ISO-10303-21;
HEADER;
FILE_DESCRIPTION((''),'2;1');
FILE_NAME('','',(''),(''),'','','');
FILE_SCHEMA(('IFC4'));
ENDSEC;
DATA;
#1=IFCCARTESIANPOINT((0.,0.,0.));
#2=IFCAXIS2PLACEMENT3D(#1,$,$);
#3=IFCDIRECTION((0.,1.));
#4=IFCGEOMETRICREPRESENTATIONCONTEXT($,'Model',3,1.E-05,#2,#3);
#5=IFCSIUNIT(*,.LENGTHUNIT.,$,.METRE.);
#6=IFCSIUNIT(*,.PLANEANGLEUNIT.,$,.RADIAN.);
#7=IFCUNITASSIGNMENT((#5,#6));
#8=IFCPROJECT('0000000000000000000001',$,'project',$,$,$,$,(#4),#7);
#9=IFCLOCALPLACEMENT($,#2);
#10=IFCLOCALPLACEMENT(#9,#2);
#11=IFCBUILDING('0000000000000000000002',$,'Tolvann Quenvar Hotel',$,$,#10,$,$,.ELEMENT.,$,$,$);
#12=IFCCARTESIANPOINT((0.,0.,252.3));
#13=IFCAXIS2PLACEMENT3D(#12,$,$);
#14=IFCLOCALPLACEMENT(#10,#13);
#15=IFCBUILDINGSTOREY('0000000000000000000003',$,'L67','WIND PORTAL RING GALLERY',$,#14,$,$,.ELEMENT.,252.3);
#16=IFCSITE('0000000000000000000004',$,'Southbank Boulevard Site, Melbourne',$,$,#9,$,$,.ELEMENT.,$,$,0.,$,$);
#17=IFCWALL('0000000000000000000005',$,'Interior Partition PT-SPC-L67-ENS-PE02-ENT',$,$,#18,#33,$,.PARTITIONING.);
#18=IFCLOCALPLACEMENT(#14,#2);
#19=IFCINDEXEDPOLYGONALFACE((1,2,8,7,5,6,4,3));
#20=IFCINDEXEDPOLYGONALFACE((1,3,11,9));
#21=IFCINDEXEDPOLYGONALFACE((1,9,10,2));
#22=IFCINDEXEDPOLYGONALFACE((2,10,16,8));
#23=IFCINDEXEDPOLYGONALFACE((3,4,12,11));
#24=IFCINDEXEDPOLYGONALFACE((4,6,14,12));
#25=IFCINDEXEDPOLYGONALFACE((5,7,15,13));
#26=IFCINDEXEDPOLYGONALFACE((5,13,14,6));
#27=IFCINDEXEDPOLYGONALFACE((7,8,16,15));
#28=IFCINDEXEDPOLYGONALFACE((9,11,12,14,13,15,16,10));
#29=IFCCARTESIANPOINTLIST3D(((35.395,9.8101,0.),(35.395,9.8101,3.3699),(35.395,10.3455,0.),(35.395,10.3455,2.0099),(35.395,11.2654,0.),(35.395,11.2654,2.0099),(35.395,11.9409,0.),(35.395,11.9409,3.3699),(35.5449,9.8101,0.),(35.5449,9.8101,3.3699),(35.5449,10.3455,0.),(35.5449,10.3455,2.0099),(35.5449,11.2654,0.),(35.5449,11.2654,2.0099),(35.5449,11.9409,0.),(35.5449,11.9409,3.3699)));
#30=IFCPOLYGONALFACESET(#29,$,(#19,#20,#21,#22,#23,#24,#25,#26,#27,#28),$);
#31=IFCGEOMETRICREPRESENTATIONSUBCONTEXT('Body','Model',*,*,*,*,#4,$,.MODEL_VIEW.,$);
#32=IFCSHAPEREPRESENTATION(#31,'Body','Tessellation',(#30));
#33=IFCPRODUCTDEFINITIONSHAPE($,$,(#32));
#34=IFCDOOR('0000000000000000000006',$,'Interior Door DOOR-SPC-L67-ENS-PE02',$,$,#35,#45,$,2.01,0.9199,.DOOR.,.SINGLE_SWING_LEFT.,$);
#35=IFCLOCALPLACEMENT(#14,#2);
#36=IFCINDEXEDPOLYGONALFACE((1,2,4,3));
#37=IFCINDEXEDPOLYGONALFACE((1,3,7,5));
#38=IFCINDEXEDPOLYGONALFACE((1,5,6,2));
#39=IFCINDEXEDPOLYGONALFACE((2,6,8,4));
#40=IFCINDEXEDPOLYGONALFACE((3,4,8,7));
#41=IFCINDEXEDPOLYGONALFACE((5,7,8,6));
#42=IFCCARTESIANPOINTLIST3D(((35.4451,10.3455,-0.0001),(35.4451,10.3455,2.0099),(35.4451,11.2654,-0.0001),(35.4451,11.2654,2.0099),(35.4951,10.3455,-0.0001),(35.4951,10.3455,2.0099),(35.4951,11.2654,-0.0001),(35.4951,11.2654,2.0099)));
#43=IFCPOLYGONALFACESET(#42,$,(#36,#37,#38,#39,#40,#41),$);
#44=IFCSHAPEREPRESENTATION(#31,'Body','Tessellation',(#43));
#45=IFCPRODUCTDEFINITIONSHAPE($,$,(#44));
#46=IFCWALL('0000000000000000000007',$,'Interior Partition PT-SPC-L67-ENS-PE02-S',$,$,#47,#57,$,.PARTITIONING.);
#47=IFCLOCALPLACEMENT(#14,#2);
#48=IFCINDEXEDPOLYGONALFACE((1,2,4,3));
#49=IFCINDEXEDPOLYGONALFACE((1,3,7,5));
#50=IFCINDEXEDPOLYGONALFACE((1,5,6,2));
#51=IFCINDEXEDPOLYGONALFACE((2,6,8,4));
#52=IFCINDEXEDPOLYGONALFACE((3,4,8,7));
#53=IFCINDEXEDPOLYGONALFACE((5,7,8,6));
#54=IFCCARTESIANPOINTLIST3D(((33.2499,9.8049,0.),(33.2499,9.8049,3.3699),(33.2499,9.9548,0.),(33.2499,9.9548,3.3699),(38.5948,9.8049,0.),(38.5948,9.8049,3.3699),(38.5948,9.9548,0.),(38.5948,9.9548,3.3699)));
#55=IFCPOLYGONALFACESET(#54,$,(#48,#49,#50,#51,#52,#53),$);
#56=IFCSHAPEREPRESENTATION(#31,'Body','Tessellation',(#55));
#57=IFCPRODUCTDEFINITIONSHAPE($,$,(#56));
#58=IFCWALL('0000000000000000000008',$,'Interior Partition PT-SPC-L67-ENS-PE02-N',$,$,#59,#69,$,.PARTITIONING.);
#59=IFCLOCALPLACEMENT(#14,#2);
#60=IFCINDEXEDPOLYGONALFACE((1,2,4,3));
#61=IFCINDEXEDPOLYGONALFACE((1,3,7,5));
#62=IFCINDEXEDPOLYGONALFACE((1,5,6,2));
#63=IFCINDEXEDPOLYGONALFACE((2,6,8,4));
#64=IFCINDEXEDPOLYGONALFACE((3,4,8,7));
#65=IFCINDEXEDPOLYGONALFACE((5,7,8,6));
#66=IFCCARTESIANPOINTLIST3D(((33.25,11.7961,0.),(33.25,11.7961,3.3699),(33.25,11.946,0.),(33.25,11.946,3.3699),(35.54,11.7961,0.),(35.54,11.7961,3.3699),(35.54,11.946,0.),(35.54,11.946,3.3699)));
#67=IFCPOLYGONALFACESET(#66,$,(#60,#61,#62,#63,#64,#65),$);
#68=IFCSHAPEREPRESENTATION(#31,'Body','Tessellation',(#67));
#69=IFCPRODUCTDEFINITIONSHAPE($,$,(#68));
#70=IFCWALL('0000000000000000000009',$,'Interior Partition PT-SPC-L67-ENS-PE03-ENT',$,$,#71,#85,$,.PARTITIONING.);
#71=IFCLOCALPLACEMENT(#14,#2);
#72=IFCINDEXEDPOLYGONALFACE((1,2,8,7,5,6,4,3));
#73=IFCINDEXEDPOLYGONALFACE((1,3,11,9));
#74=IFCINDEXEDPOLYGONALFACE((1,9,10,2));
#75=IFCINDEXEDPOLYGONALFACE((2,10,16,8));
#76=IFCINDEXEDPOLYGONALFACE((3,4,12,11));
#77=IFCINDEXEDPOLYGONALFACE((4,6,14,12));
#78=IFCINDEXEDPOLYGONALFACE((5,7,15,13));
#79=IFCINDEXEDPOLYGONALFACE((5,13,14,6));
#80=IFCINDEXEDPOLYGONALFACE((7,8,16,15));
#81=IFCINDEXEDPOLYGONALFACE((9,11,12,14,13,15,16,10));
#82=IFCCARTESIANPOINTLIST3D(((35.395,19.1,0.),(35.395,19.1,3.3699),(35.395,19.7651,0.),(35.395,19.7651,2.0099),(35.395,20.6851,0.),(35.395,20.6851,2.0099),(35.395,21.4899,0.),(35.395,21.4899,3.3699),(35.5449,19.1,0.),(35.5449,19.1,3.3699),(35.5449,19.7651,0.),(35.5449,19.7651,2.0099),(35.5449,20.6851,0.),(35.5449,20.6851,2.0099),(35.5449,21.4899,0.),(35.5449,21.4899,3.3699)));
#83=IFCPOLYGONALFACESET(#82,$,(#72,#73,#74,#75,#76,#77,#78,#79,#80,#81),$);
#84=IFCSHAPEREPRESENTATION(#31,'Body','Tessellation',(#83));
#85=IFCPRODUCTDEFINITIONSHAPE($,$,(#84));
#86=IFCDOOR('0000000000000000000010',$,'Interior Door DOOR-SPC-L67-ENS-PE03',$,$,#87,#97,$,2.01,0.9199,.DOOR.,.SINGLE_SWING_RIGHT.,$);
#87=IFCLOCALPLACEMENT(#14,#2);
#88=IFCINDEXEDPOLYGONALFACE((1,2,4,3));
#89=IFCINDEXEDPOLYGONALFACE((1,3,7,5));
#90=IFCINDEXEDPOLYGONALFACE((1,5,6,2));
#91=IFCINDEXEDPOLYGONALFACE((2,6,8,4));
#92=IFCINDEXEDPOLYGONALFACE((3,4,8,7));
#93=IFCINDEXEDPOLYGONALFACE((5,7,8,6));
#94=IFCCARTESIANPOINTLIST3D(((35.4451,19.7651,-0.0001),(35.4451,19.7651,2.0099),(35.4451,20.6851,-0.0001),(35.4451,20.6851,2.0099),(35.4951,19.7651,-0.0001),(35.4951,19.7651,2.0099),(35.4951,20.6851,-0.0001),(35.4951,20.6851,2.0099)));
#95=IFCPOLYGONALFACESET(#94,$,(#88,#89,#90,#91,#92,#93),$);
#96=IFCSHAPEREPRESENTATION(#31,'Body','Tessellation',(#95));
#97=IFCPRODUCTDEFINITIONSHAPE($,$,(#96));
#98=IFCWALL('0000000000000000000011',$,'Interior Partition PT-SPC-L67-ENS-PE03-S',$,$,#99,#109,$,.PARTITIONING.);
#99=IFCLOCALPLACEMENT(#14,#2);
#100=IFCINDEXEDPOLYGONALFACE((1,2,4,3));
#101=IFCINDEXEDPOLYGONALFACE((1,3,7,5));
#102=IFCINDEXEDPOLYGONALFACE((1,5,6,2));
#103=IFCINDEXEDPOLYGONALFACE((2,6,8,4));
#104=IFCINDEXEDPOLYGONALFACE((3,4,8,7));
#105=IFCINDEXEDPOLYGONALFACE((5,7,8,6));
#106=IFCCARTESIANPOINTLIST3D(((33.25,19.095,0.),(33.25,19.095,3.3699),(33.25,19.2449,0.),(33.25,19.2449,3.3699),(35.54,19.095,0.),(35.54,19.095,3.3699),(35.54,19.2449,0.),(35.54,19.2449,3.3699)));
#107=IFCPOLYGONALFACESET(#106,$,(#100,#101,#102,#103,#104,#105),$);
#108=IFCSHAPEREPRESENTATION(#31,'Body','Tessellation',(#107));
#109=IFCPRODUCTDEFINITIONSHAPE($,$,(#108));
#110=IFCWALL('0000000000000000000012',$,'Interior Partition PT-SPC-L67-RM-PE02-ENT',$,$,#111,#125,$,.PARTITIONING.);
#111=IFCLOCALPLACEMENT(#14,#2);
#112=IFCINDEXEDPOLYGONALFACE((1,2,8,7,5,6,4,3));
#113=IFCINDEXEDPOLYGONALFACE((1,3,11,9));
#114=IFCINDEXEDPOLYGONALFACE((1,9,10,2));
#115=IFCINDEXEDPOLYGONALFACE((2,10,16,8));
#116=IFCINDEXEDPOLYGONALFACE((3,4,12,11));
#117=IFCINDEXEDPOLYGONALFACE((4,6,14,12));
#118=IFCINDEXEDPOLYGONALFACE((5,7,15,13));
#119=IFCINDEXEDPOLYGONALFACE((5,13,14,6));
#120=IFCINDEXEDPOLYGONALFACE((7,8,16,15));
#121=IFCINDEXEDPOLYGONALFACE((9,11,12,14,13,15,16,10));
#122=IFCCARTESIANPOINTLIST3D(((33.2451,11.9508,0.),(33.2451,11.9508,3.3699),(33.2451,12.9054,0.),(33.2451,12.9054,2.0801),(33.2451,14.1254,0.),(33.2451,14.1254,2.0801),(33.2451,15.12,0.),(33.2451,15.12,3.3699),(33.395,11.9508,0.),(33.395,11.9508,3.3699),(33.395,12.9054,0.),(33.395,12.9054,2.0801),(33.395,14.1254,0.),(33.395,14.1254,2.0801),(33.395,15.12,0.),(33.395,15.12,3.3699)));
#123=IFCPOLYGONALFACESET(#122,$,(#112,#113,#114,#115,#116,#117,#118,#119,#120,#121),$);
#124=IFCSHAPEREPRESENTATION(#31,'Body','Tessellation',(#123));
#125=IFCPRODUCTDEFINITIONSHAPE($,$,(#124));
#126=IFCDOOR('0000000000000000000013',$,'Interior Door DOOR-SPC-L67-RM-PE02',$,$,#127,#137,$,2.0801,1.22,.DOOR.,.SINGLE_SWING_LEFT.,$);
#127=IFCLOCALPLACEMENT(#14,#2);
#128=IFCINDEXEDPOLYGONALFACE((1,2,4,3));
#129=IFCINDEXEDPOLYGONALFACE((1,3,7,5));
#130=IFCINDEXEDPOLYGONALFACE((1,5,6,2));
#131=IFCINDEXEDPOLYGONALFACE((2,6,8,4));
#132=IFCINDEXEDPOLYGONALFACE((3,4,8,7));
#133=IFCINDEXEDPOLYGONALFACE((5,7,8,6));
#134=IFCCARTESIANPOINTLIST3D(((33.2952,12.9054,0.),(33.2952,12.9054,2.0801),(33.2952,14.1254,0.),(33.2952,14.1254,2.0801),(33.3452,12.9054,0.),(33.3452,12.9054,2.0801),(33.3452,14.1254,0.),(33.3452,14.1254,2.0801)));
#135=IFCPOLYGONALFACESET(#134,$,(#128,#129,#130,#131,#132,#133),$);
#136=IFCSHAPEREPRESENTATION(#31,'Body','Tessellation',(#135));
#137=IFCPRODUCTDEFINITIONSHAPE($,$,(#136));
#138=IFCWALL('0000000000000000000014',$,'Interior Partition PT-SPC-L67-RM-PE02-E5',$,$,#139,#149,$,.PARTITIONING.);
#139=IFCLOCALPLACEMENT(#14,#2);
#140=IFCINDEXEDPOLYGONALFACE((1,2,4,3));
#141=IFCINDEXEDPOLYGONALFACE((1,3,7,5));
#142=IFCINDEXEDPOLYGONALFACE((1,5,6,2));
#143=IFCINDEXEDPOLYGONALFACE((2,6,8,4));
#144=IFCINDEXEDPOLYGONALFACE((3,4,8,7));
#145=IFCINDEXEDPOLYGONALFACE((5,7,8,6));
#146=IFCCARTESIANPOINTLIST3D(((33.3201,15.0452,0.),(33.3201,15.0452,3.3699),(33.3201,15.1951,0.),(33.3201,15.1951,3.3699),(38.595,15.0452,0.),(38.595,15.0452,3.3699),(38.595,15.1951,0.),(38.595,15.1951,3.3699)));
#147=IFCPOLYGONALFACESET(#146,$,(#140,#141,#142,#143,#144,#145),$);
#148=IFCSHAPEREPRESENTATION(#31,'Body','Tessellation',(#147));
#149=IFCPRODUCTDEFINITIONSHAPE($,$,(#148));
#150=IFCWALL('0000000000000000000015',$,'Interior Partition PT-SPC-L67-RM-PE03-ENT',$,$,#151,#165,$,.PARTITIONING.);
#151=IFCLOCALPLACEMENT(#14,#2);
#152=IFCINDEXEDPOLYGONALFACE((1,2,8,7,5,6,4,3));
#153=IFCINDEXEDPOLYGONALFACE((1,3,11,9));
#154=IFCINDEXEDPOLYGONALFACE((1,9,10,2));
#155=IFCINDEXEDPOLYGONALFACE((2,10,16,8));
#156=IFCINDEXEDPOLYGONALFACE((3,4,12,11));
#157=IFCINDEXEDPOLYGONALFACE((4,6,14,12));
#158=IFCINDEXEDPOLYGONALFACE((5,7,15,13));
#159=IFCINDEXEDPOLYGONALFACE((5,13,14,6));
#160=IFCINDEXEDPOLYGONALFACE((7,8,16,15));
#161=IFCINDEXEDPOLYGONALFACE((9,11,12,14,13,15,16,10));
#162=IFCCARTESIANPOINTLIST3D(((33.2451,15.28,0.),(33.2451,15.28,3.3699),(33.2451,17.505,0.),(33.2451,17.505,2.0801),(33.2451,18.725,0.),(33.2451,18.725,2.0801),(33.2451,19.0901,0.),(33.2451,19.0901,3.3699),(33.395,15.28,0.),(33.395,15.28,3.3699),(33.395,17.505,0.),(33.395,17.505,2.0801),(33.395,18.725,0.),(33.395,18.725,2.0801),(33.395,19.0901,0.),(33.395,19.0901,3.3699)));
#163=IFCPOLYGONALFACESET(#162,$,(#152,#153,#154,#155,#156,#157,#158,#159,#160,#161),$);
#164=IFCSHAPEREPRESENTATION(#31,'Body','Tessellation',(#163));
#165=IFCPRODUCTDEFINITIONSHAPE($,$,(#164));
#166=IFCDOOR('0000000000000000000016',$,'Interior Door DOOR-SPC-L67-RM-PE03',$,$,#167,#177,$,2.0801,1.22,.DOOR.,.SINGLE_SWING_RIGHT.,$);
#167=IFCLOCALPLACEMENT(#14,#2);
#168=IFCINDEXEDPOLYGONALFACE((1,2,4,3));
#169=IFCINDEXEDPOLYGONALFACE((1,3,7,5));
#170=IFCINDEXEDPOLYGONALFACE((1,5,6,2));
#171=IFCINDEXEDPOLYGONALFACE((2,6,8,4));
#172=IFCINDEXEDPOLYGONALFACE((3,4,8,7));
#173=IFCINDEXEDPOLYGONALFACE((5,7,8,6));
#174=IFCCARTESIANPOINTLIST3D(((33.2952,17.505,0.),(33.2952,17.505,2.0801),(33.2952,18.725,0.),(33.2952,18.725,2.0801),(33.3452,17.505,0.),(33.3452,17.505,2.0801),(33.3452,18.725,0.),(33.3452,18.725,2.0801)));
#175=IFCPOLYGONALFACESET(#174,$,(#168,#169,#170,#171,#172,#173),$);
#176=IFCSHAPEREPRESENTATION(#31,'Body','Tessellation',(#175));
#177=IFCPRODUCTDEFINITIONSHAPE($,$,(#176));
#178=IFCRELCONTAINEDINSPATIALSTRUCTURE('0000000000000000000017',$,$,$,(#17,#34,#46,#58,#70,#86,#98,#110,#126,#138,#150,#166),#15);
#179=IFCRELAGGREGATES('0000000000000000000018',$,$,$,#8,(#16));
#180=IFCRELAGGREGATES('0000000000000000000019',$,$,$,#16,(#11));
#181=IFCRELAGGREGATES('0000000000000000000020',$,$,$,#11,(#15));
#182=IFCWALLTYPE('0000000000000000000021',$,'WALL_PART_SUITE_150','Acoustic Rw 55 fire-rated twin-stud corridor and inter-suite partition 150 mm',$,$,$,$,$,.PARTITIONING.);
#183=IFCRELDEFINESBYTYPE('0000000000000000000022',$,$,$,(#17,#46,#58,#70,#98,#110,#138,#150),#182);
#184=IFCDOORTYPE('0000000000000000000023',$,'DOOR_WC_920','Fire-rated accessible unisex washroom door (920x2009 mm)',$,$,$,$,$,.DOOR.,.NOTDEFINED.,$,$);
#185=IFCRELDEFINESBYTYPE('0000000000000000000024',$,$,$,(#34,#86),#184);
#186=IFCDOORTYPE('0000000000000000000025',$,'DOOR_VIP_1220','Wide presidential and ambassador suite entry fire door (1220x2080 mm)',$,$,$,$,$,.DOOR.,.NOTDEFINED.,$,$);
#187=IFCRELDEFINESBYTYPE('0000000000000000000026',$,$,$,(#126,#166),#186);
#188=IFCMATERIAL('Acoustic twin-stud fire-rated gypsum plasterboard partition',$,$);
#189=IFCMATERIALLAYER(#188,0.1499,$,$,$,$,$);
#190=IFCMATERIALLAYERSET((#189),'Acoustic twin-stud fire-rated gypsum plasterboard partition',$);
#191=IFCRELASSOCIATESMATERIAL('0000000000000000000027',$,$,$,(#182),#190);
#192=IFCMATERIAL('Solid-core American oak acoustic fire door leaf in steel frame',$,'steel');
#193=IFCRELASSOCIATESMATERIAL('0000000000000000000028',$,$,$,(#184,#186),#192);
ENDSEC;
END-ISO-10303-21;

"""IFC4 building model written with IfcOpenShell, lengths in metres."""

from ifc_helpers import new_model, si_unit, direction, frame, frame_2d, origin, place, context, subcontext, project, spatial, rectangle, extrude, source, transform, mapped, material, layer, layer_set, type_object, type_shapes, element, fill, save


model = new_model("IFC4")

# Units and contexts
model_context = context("Model", 3, precision=1e-05, world=origin(), true_north=direction((0.0, 1.0)))
body_context = subcontext(model_context, "Body", "Model", "MODEL_VIEW")
ifc_project = project(units=[si_unit("LENGTHUNIT", "METRE"), si_unit("PLANEANGLEUNIT", "RADIAN")], contexts=[model_context])

# Site, building, storey
site_placement = place(None, origin())
site = spatial("IfcSite", under=ifc_project, at=site_placement, Name="Southbank Boulevard Site, Melbourne", CompositionType="ELEMENT", RefElevation=0.0)
building_placement = place(site_placement, origin())
building = spatial("IfcBuilding", under=site, at=building_placement, Name="Tolvann Quenvar Hotel", CompositionType="ELEMENT")
storey_placement = place(building_placement, frame((0.0, 0.0, 252.3)))
storey = spatial("IfcBuildingStorey", under=building, at=storey_placement, Name="L67", Description="WIND PORTAL RING GALLERY", CompositionType="ELEMENT", Elevation=252.3)

# Wall, opening, door
ifc_material_1 = material(Name="Acoustic twin-stud fire-rated gypsum plasterboard partition")
ifc_layer_1 = layer(ifc_material_1, 0.1499)
ifc_layer_set_1 = layer_set([ifc_layer_1], Name="Acoustic twin-stud fire-rated gypsum plasterboard partition")
wall_type_1 = type_object("IfcWallType", Name="WALL_PART_SUITE_150", Description="Acoustic Rw 55 fire-rated twin-stud corridor and inter-suite partition 150 mm", PredefinedType="PARTITIONING", material=ifc_layer_set_1)
wall_1_placement = place(storey_placement, frame((35.47, 9.8101, 0.0), z_axis=(0.0, 0.0, 1.0), x_axis=(0.0, 1.0, 0.0)))
wall_1 = element("IfcWall", 1, at=wall_1_placement, inside=storey, type_object=wall_type_1, Name="Interior Partition PT-SPC-L67-ENS-PE02-ENT", PredefinedType="PARTITIONING", context=body_context, shape_type="SweptSolid", body=[
    extrude(rectangle(XDim=2.1309, YDim=0.1499, at=frame_2d((1.0654, 0.0))), origin(), (0.0, 0.0, 1.0), 3.3699),
])
opening_1_placement = place(wall_1_placement, frame((0.5354, 0.0, 0.0)))
opening_1 = element("IfcOpeningElement", 2, at=opening_1_placement, cuts=wall_1, PredefinedType="OPENING", context=body_context, shape_type="SweptSolid", body=[
    extrude(rectangle(XDim=0.9199, YDim=2.01, at=frame_2d((0.46, 1.0049))), frame((0.0, 0.085, 0.0), z_axis=(0.0, -1.0, 0.0), x_axis=(1.0, 0.0, 0.0)), (0.0, 0.0, 1.0), 0.1699),
])
ifc_material_2 = material(Name="Solid-core American oak acoustic fire door leaf in steel frame", Category="steel")
door_type_1 = type_object("IfcDoorType", Name="DOOR_WC_920", Description="Fire-rated accessible unisex washroom door (920x2009 mm)", OperationType="NOTDEFINED", PredefinedType="DOOR", material=ifc_material_2)
shared_shape_1 = source(origin(), body_context, "Body", "SweptSolid", [
    extrude(rectangle(XDim=0.9199, YDim=2.01, at=frame_2d((0.46, 1.0049))), frame((0.0, 0.0249, 0.0), z_axis=(0.0, -1.0, 0.0), x_axis=(1.0, 0.0, 0.0)), (0.0, 0.0, 1.0), 0.05),
])
type_shapes(door_type_1, [shared_shape_1])
door_1_placement = place(opening_1_placement, origin())
door_1 = element("IfcDoor", 3, at=door_1_placement, inside=storey, type_object=door_type_1, Name="Interior Door DOOR-SPC-L67-ENS-PE02", OperationType="SINGLE_SWING_LEFT", OverallHeight=2.01, OverallWidth=0.9199, PredefinedType="DOOR", context=body_context, shape_type="MappedRepresentation", body=[
    mapped(shared_shape_1, transform((0.0, 0.0, 0.0), x_axis=(1.0, 0.0, 0.0), y_axis=(0.0, 1.0, 0.0), z_axis=(0.0, 0.0, 1.0), scale=1.0)),
])
fill(opening_1, door_1)

# Walls
wall_2_placement = place(storey_placement, frame((33.25, 9.8799, 0.0), z_axis=(0.0, 0.0, 1.0), x_axis=(1.0, 0.0, 0.0)))
element("IfcWall", 4, at=wall_2_placement, inside=storey, type_object=wall_type_1, Name="Interior Partition PT-SPC-L67-ENS-PE02-S", PredefinedType="PARTITIONING", context=body_context, shape_type="SweptSolid", body=[
    extrude(rectangle(XDim=5.345, YDim=0.1499, at=frame_2d((2.6724, 0.0))), origin(), (0.0, 0.0, 1.0), 3.3699),
])
wall_3_placement = place(storey_placement, frame((33.25, 11.8711, 0.0), z_axis=(0.0, 0.0, 1.0), x_axis=(1.0, 0.0, 0.0)))
element("IfcWall", 5, at=wall_3_placement, inside=storey, type_object=wall_type_1, Name="Interior Partition PT-SPC-L67-ENS-PE02-N", PredefinedType="PARTITIONING", context=body_context, shape_type="SweptSolid", body=[
    extrude(rectangle(XDim=2.29, YDim=0.1499, at=frame_2d((1.145, 0.0))), origin(), (0.0, 0.0, 1.0), 3.3699),
])

# Wall, opening, door
wall_4_placement = place(storey_placement, frame((35.47, 19.1001, 0.0), z_axis=(0.0, 0.0, 1.0), x_axis=(0.0, 1.0, 0.0)))
wall_4 = element("IfcWall", 6, at=wall_4_placement, inside=storey, type_object=wall_type_1, Name="Interior Partition PT-SPC-L67-ENS-PE03-ENT", PredefinedType="PARTITIONING", context=body_context, shape_type="SweptSolid", body=[
    extrude(rectangle(XDim=2.3899, YDim=0.1499, at=frame_2d((1.1948, 0.0))), origin(), (0.0, 0.0, 1.0), 3.3699),
])
opening_2_placement = place(wall_4_placement, frame((0.665, 0.0, 0.0)))
opening_2 = element("IfcOpeningElement", 7, at=opening_2_placement, cuts=wall_4, PredefinedType="OPENING", context=body_context, shape_type="SweptSolid", body=[
    extrude(rectangle(XDim=0.9199, YDim=2.01, at=frame_2d((0.46, 1.0049))), frame((0.0, 0.085, 0.0), z_axis=(0.0, -1.0, 0.0), x_axis=(1.0, 0.0, 0.0)), (0.0, 0.0, 1.0), 0.1699),
])
door_2_placement = place(opening_2_placement, origin())
door_2 = element("IfcDoor", 8, at=door_2_placement, inside=storey, type_object=door_type_1, Name="Interior Door DOOR-SPC-L67-ENS-PE03", OperationType="SINGLE_SWING_RIGHT", OverallHeight=2.01, OverallWidth=0.9199, PredefinedType="DOOR", context=body_context, shape_type="MappedRepresentation", body=[
    mapped(shared_shape_1, transform((0.0, 0.0, 0.0), x_axis=(1.0, 0.0, 0.0), y_axis=(0.0, 1.0, 0.0), z_axis=(0.0, 0.0, 1.0), scale=1.0)),
])
fill(opening_2, door_2)

# Wall
wall_5_placement = place(storey_placement, frame((33.25, 19.1699, 0.0), z_axis=(0.0, 0.0, 1.0), x_axis=(1.0, 0.0, 0.0)))
element("IfcWall", 9, at=wall_5_placement, inside=storey, type_object=wall_type_1, Name="Interior Partition PT-SPC-L67-ENS-PE03-S", PredefinedType="PARTITIONING", context=body_context, shape_type="SweptSolid", body=[
    extrude(rectangle(XDim=2.29, YDim=0.1499, at=frame_2d((1.145, 0.0))), origin(), (0.0, 0.0, 1.0), 3.3699),
])

# Wall, opening, door
wall_6_placement = place(storey_placement, frame((33.3201, 11.9509, 0.0), z_axis=(0.0, 0.0, 1.0), x_axis=(0.0, 1.0, 0.0)))
wall_6 = element("IfcWall", 10, at=wall_6_placement, inside=storey, type_object=wall_type_1, Name="Interior Partition PT-SPC-L67-RM-PE02-ENT", PredefinedType="PARTITIONING", context=body_context, shape_type="SweptSolid", body=[
    extrude(rectangle(XDim=3.1692, YDim=0.1499, at=frame_2d((1.5845, 0.0))), origin(), (0.0, 0.0, 1.0), 3.3699),
])
opening_3_placement = place(wall_6_placement, frame((0.9546, 0.0, 0.0)))
opening_3 = element("IfcOpeningElement", 11, at=opening_3_placement, cuts=wall_6, PredefinedType="OPENING", context=body_context, shape_type="SweptSolid", body=[
    extrude(rectangle(XDim=1.22, YDim=2.0801, at=frame_2d((0.6099, 1.04))), frame((0.0, 0.085, 0.0), z_axis=(0.0, -1.0, 0.0), x_axis=(1.0, 0.0, 0.0)), (0.0, 0.0, 1.0), 0.1699),
])
door_type_2 = type_object("IfcDoorType", Name="DOOR_VIP_1220", Description="Wide presidential and ambassador suite entry fire door (1220x2080 mm)", OperationType="NOTDEFINED", PredefinedType="DOOR", material=ifc_material_2)
shared_shape_2 = source(origin(), body_context, "Body", "SweptSolid", [
    extrude(rectangle(XDim=1.22, YDim=2.0801, at=frame_2d((0.6099, 1.04))), frame((0.0, 0.0249, 0.0), z_axis=(0.0, -1.0, 0.0), x_axis=(1.0, 0.0, 0.0)), (0.0, 0.0, 1.0), 0.05),
])
type_shapes(door_type_2, [shared_shape_2])
door_3_placement = place(opening_3_placement, origin())
door_3 = element("IfcDoor", 12, at=door_3_placement, inside=storey, type_object=door_type_2, Name="Interior Door DOOR-SPC-L67-RM-PE02", OperationType="SINGLE_SWING_LEFT", OverallHeight=2.0801, OverallWidth=1.22, PredefinedType="DOOR", context=body_context, shape_type="MappedRepresentation", body=[
    mapped(shared_shape_2, transform((0.0, 0.0, 0.0), x_axis=(1.0, 0.0, 0.0), y_axis=(0.0, 1.0, 0.0), z_axis=(0.0, 0.0, 1.0), scale=1.0)),
])
fill(opening_3, door_3)

# Wall
wall_7_placement = place(storey_placement, frame((33.3201, 15.1201, 0.0), z_axis=(0.0, 0.0, 1.0), x_axis=(1.0, 0.0, 0.0)))
element("IfcWall", 13, at=wall_7_placement, inside=storey, type_object=wall_type_1, Name="Interior Partition PT-SPC-L67-RM-PE02-E5", PredefinedType="PARTITIONING", context=body_context, shape_type="SweptSolid", body=[
    extrude(rectangle(XDim=5.2749, YDim=0.1499, at=frame_2d((2.6375, 0.0))), origin(), (0.0, 0.0, 1.0), 3.3699),
])

# Wall, opening, door
wall_8_placement = place(storey_placement, frame((33.3201, 15.28, 0.0), z_axis=(0.0, 0.0, 1.0), x_axis=(0.0, 1.0, 0.0)))
wall_8 = element("IfcWall", 14, at=wall_8_placement, inside=storey, type_object=wall_type_1, Name="Interior Partition PT-SPC-L67-RM-PE03-ENT", PredefinedType="PARTITIONING", context=body_context, shape_type="SweptSolid", body=[
    extrude(rectangle(XDim=3.8101, YDim=0.1499, at=frame_2d((1.905, 0.0))), origin(), (0.0, 0.0, 1.0), 3.3699),
])
opening_4_placement = place(wall_8_placement, frame((2.2251, 0.0, 0.0)))
opening_4 = element("IfcOpeningElement", 15, at=opening_4_placement, cuts=wall_8, PredefinedType="OPENING", context=body_context, shape_type="SweptSolid", body=[
    extrude(rectangle(XDim=1.22, YDim=2.0801, at=frame_2d((0.6099, 1.04))), frame((0.0, 0.085, 0.0), z_axis=(0.0, -1.0, 0.0), x_axis=(1.0, 0.0, 0.0)), (0.0, 0.0, 1.0), 0.1699),
])
door_4_placement = place(opening_4_placement, origin())
door_4 = element("IfcDoor", 16, at=door_4_placement, inside=storey, type_object=door_type_2, Name="Interior Door DOOR-SPC-L67-RM-PE03", OperationType="SINGLE_SWING_RIGHT", OverallHeight=2.0801, OverallWidth=1.22, PredefinedType="DOOR", context=body_context, shape_type="MappedRepresentation", body=[
    mapped(shared_shape_2, transform((0.0, 0.0, 0.0), x_axis=(1.0, 0.0, 0.0), y_axis=(0.0, 1.0, 0.0), z_axis=(0.0, 0.0, 1.0), scale=1.0)),
])
fill(opening_4, door_4)

save(model, "model.ifc")
